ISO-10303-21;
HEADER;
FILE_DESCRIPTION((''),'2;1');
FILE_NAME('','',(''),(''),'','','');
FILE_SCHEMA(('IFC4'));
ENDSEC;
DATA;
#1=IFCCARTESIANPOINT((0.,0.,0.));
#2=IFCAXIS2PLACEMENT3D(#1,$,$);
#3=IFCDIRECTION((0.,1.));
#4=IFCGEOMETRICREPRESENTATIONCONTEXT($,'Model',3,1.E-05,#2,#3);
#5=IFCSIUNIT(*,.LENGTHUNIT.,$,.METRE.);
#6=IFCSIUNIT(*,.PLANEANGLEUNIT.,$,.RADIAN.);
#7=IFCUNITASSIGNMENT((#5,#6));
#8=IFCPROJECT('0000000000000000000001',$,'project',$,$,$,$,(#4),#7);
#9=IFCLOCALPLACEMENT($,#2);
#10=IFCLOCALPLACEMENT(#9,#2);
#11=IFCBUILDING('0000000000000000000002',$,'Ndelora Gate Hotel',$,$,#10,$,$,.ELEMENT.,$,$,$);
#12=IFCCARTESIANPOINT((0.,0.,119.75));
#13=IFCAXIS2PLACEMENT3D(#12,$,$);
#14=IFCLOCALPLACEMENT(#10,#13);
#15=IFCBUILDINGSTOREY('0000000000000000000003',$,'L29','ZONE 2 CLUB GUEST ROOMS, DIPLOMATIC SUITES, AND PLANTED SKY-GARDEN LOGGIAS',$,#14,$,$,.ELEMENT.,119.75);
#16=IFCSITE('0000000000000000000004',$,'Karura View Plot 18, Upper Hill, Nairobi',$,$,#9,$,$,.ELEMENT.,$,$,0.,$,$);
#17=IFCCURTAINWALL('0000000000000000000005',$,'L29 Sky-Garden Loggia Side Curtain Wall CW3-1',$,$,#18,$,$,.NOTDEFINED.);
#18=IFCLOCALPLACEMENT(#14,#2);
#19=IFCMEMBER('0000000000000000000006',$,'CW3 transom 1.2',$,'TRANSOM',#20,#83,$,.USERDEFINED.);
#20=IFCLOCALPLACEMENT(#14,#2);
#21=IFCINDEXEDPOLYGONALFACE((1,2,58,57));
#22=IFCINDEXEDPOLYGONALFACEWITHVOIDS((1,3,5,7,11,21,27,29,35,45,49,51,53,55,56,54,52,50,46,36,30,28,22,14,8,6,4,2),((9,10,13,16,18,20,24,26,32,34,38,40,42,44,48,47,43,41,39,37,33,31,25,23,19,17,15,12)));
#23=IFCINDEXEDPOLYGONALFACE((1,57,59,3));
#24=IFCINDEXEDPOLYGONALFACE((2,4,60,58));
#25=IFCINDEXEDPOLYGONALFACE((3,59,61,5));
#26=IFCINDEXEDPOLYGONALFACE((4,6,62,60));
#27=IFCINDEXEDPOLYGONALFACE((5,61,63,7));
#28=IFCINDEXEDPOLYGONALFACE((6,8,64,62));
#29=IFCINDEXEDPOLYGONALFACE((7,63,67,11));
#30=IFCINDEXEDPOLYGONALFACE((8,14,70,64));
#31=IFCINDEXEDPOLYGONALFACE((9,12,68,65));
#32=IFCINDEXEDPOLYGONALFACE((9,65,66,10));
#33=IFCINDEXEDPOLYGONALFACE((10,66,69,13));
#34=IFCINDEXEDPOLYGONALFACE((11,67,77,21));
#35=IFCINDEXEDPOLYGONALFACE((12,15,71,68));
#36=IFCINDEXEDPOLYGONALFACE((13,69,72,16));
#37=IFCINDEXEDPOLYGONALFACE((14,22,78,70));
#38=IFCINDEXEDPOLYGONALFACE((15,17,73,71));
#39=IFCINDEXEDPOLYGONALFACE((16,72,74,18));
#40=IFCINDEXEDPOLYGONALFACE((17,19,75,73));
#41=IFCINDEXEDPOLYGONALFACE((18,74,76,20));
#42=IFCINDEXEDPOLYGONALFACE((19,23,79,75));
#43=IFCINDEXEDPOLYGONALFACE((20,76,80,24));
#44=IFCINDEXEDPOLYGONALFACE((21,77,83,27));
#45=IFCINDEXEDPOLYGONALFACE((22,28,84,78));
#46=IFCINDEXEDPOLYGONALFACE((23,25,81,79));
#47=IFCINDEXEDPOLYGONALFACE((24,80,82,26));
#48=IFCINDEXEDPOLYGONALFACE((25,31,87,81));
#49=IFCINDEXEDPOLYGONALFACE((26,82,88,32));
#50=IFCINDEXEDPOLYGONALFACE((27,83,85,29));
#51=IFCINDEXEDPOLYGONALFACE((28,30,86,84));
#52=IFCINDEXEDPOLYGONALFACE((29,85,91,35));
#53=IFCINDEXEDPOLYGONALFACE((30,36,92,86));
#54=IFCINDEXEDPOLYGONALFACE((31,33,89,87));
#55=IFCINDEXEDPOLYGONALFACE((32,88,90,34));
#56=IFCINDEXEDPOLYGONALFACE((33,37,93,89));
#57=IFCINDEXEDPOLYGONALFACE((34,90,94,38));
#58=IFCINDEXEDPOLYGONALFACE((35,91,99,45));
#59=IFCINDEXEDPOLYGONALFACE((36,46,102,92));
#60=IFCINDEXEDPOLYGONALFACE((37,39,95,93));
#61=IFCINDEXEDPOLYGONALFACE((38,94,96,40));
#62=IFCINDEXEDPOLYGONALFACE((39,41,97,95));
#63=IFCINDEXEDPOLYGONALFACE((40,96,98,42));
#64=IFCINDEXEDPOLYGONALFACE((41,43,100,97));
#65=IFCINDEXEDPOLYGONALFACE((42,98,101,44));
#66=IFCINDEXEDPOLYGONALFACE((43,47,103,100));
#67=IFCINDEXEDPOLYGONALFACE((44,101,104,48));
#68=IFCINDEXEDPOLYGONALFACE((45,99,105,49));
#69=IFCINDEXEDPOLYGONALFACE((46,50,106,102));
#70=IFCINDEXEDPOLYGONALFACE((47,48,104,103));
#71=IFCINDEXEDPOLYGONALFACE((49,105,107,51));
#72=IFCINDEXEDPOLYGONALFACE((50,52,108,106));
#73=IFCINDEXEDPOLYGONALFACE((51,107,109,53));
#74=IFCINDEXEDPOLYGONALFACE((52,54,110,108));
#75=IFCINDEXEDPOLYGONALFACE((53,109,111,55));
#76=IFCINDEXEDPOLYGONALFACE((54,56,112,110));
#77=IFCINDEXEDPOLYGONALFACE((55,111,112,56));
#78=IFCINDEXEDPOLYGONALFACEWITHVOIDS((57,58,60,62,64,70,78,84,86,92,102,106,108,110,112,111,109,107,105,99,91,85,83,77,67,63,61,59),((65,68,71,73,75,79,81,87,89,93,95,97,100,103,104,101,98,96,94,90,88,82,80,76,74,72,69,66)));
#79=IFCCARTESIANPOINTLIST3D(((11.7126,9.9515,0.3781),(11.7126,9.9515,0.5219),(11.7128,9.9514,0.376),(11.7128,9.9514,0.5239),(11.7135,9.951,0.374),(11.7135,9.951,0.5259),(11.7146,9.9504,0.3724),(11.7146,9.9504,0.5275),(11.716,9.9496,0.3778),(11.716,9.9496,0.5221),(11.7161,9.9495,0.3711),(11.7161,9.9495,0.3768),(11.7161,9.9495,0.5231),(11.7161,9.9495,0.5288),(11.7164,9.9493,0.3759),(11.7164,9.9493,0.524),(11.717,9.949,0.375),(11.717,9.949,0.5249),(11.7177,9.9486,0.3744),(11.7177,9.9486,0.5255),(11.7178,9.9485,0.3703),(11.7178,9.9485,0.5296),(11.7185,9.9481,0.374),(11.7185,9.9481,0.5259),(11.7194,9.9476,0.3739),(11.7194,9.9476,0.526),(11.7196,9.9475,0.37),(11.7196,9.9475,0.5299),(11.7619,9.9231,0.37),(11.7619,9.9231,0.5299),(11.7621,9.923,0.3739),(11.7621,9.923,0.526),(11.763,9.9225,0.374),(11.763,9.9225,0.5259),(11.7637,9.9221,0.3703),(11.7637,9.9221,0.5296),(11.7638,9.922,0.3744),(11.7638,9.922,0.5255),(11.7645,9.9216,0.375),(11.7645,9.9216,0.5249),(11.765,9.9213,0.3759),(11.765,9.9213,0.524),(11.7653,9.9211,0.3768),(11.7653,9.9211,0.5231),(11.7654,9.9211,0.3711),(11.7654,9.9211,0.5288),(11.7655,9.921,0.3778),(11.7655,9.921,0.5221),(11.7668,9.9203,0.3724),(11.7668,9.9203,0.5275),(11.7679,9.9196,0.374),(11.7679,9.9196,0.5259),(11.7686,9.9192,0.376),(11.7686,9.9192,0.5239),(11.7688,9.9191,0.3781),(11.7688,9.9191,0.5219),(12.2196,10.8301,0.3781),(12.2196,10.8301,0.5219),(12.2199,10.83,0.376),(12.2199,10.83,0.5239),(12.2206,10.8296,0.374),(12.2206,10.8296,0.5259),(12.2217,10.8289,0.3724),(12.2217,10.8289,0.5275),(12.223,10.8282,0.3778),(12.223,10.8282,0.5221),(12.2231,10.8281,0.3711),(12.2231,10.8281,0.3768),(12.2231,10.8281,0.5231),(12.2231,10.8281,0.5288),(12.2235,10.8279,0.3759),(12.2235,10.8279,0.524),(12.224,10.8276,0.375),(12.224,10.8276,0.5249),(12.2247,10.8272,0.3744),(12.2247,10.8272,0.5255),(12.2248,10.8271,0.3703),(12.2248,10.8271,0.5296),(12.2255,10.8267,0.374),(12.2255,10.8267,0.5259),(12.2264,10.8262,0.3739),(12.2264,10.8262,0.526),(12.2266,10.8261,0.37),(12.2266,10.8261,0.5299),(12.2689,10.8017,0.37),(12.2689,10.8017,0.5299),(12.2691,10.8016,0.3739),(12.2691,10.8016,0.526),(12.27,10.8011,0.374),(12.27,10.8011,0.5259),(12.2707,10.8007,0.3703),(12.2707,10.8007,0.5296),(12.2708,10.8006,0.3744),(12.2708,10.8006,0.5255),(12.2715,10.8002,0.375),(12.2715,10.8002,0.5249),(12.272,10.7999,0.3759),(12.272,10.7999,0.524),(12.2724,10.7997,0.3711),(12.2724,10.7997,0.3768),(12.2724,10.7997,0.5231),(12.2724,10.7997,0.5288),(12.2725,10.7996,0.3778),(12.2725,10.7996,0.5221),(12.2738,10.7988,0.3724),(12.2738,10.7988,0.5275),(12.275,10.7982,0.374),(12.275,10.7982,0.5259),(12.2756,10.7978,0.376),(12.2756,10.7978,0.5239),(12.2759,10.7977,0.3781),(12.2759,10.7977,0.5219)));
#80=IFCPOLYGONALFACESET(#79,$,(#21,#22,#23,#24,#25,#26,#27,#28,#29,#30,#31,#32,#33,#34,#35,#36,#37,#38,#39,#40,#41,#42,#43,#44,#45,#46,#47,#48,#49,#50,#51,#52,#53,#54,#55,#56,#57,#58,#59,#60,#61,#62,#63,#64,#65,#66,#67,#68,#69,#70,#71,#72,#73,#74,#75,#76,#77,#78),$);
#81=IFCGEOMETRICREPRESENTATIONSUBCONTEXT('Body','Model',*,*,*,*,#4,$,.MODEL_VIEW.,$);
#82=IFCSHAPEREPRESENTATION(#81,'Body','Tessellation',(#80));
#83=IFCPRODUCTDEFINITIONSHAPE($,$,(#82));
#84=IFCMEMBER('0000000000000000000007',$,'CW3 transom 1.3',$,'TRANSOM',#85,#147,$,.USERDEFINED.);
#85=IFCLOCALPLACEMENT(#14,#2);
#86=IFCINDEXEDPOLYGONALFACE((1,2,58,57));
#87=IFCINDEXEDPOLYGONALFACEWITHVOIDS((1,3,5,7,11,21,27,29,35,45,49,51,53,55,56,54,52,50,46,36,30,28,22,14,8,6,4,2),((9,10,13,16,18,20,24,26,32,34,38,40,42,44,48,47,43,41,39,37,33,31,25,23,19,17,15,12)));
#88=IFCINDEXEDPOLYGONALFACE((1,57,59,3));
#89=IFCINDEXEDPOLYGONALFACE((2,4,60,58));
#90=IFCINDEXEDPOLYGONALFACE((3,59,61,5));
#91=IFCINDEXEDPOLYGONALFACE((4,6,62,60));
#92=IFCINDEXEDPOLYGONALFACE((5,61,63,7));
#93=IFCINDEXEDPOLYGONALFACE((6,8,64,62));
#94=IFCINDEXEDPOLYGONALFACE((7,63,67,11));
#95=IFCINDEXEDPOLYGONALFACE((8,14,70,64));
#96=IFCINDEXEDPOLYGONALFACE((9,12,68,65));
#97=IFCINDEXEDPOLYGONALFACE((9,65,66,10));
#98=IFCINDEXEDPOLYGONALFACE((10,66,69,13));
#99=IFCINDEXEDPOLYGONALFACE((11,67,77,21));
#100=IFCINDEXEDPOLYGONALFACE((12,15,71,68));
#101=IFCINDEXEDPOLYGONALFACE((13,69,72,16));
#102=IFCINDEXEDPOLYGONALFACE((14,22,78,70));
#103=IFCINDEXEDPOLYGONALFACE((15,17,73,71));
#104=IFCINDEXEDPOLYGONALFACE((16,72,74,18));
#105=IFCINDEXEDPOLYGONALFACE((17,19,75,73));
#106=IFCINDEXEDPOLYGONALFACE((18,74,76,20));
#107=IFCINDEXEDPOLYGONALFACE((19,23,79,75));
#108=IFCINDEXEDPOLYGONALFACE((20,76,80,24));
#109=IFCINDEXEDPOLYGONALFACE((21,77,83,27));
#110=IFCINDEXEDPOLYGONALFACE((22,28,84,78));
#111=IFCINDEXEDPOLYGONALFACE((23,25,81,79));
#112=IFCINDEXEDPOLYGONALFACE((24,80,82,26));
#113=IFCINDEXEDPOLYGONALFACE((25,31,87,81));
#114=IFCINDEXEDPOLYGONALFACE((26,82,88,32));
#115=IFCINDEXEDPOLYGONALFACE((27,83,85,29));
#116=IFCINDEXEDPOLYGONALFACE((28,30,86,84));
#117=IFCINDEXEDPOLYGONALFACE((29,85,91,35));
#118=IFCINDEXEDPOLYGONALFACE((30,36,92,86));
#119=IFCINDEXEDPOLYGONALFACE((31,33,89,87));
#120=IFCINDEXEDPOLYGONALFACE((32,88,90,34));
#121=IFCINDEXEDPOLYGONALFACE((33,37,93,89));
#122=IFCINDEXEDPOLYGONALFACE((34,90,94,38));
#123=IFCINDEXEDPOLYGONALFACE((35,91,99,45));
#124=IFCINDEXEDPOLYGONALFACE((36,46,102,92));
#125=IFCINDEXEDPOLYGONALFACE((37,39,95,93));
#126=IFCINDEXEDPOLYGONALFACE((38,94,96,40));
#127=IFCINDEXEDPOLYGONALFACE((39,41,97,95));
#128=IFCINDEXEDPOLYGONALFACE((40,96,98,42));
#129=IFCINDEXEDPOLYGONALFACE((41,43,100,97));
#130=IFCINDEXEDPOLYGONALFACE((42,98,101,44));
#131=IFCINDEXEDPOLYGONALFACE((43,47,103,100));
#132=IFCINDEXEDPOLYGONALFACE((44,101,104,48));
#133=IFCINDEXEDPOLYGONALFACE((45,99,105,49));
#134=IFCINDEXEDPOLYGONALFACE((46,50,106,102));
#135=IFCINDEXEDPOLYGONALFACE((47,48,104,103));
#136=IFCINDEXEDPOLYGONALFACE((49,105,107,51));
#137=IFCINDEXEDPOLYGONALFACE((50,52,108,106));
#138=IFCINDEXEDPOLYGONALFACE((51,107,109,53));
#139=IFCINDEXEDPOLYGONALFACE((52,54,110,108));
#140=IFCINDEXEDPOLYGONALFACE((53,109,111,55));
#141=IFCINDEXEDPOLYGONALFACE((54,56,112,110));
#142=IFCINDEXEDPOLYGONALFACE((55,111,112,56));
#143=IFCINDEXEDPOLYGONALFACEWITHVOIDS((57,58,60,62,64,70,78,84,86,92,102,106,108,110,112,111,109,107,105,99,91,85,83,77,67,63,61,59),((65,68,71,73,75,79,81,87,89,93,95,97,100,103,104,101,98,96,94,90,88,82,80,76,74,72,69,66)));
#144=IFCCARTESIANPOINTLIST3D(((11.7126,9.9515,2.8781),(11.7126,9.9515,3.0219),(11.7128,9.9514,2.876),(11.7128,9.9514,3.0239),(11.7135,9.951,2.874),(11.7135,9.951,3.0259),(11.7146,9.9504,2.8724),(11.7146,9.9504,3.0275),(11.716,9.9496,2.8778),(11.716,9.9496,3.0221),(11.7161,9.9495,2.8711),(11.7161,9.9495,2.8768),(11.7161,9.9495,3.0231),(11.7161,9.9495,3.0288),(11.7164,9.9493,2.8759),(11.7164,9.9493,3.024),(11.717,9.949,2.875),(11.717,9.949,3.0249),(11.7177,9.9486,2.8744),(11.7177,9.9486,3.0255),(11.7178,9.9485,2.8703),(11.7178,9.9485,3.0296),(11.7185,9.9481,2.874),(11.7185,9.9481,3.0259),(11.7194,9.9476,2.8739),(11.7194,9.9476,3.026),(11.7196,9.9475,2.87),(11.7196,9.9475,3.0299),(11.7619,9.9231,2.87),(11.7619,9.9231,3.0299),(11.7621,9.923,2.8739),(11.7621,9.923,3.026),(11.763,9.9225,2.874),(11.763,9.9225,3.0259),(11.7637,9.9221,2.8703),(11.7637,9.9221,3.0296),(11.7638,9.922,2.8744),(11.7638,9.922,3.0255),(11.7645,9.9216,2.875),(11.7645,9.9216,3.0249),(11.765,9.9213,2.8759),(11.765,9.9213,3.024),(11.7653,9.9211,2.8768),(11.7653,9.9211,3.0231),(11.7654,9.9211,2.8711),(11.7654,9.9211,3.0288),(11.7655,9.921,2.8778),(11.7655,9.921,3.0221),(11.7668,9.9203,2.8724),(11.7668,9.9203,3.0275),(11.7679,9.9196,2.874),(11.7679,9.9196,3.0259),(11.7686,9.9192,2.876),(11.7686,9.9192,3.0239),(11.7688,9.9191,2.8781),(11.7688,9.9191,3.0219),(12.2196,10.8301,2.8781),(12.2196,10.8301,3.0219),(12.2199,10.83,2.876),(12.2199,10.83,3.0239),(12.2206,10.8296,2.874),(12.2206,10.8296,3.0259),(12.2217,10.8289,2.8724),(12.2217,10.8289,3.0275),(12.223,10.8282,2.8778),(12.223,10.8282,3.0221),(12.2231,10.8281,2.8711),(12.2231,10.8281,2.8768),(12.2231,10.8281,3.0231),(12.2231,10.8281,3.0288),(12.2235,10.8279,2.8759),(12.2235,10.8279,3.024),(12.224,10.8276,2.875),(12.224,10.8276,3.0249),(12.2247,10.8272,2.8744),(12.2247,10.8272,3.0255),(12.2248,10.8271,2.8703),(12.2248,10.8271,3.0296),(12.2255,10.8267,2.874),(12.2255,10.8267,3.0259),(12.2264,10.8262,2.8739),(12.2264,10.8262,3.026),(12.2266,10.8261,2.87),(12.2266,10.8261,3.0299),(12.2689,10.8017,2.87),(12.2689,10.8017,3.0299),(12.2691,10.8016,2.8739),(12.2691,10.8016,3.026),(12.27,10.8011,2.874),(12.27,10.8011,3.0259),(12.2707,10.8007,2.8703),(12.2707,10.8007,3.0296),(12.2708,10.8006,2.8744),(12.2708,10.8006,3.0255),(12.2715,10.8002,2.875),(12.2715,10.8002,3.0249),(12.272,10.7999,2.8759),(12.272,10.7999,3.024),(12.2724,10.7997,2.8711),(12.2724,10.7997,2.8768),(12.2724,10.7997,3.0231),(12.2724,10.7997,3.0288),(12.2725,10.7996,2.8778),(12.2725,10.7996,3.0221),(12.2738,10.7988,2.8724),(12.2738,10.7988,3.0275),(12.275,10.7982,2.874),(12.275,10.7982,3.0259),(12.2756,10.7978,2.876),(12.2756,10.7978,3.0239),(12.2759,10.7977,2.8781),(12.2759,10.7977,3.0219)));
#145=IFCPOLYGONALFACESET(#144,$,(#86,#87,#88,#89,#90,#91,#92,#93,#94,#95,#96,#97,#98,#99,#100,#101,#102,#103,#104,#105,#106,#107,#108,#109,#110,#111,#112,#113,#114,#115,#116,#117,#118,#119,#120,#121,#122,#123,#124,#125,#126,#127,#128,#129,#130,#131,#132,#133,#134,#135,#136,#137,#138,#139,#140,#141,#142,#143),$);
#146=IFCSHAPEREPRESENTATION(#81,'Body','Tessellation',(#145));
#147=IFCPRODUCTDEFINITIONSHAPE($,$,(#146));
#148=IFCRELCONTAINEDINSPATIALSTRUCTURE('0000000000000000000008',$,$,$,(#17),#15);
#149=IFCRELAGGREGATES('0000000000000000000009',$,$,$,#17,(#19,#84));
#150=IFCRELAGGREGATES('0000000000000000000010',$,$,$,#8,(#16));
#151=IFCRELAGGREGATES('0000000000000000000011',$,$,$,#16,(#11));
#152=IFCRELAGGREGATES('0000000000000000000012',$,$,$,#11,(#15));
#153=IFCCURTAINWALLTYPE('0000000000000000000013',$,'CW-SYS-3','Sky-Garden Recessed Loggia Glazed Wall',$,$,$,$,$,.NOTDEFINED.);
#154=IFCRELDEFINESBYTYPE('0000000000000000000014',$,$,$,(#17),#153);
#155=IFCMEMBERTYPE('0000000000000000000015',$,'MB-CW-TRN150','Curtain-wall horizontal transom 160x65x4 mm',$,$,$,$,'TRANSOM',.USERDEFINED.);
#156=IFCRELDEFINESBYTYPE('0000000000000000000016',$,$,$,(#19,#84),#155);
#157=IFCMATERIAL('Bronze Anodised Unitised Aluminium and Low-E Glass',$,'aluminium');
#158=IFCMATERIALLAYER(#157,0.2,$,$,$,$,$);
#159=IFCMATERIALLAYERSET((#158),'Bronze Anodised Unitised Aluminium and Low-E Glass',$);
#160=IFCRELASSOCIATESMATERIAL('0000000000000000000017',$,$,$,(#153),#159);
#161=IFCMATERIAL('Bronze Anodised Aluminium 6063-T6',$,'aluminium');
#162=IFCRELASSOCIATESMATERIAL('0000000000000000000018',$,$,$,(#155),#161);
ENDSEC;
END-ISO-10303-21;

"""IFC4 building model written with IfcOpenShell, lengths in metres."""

from ifc_helpers import new_model, si_unit, direction, frame, origin, origin_2d, place, context, subcontext, project, spatial, hollow_rectangle, extrude, material, layer, layer_set, material_profile, profile_set, type_object, element, aggregate, save


model = new_model("IFC4")

# Units and contexts
model_context = context("Model", 3, precision=1e-05, world=origin(), true_north=direction((0.0, 1.0)))
body_context = subcontext(model_context, "Body", "Model", "MODEL_VIEW")
ifc_project = project(units=[si_unit("LENGTHUNIT", "METRE"), si_unit("PLANEANGLEUNIT", "RADIAN")], contexts=[model_context])

# Site, building, storey
site_placement = place(None, origin())
site = spatial("IfcSite", under=ifc_project, at=site_placement, Name="Karura View Plot 18, Upper Hill, Nairobi", CompositionType="ELEMENT", RefElevation=0.0)
building_placement = place(site_placement, origin())
building = spatial("IfcBuilding", under=site, at=building_placement, Name="Ndelora Gate Hotel", CompositionType="ELEMENT")
storey_placement = place(building_placement, frame((0.0, 0.0, 119.75)))
storey = spatial("IfcBuildingStorey", under=building, at=storey_placement, Name="L29", Description="ZONE 2 CLUB GUEST ROOMS, DIPLOMATIC SUITES, AND PLANTED SKY-GARDEN LOGGIAS", CompositionType="ELEMENT", Elevation=119.75)

# Curtain wall, members
ifc_material_1 = material(Name="Bronze Anodised Unitised Aluminium and Low-E Glass", Category="aluminium")
ifc_layer_1 = layer(ifc_material_1, 0.2)
ifc_layer_set_1 = layer_set([ifc_layer_1], Name="Bronze Anodised Unitised Aluminium and Low-E Glass")
curtain_wall_type = type_object("IfcCurtainWallType", Name="CW-SYS-3", Description="Sky-Garden Recessed Loggia Glazed Wall", PredefinedType="NOTDEFINED", material=ifc_layer_set_1)
curtain_wall_placement = place(storey_placement, origin())
curtain_wall = element("IfcCurtainWall", 1, at=curtain_wall_placement, inside=storey, type_object=curtain_wall_type, Name="L29 Sky-Garden Loggia Side Curtain Wall CW3-1", PredefinedType="NOTDEFINED")
ifc_material_2 = material(Name="Bronze Anodised Aluminium 6063-T6", Category="aluminium")
ifc_material_profile_1 = material_profile(ifc_material_2, hollow_rectangle(XDim=0.0649, YDim=0.1599, WallThickness=0.0039, InnerFilletRadius=0.0039, OuterFilletRadius=0.0081, at=origin_2d()), Name="ALU 160x65x4")
ifc_profile_set_1 = profile_set([ifc_material_profile_1], Name="Bronze Anodised Aluminium 6063-T6")
member_type_1 = type_object("IfcMemberType", Name="MB-CW-TRN150", Description="Curtain-wall horizontal transom 160x65x4 mm", ElementType="TRANSOM", PredefinedType="USERDEFINED", material=ifc_profile_set_1)
member_1_placement = place(storey_placement, frame((11.7407, 9.9353, 0.45), z_axis=(0.499841, 0.866117, 0.0), x_axis=(-0.866117, 0.499841, 0.0)))
member_1 = element("IfcMember", 2, at=member_1_placement, type_object=member_type_1, Name="CW3 transom 1.2", ObjectType="TRANSOM", PredefinedType="USERDEFINED", context=body_context, shape_type="SweptSolid", body=[
    extrude(hollow_rectangle(XDim=0.0649, YDim=0.1599, WallThickness=0.0039, InnerFilletRadius=0.0039, OuterFilletRadius=0.0081, at=origin_2d()), origin(), (0.0, 0.0, 1.0), 1.0144),
])
member_2_placement = place(storey_placement, frame((11.7407, 9.9353, 2.95), z_axis=(0.499841, 0.866117, 0.0), x_axis=(-0.866117, 0.499841, 0.0)))
member_2 = element("IfcMember", 3, at=member_2_placement, type_object=member_type_1, Name="CW3 transom 1.3", ObjectType="TRANSOM", PredefinedType="USERDEFINED", context=body_context, shape_type="SweptSolid", body=[
    extrude(hollow_rectangle(XDim=0.0649, YDim=0.1599, WallThickness=0.0039, InnerFilletRadius=0.0039, OuterFilletRadius=0.0081, at=origin_2d()), origin(), (0.0, 0.0, 1.0), 1.0144),
])
aggregate(curtain_wall, [member_1, member_2])

save(model, "model.ifc")
